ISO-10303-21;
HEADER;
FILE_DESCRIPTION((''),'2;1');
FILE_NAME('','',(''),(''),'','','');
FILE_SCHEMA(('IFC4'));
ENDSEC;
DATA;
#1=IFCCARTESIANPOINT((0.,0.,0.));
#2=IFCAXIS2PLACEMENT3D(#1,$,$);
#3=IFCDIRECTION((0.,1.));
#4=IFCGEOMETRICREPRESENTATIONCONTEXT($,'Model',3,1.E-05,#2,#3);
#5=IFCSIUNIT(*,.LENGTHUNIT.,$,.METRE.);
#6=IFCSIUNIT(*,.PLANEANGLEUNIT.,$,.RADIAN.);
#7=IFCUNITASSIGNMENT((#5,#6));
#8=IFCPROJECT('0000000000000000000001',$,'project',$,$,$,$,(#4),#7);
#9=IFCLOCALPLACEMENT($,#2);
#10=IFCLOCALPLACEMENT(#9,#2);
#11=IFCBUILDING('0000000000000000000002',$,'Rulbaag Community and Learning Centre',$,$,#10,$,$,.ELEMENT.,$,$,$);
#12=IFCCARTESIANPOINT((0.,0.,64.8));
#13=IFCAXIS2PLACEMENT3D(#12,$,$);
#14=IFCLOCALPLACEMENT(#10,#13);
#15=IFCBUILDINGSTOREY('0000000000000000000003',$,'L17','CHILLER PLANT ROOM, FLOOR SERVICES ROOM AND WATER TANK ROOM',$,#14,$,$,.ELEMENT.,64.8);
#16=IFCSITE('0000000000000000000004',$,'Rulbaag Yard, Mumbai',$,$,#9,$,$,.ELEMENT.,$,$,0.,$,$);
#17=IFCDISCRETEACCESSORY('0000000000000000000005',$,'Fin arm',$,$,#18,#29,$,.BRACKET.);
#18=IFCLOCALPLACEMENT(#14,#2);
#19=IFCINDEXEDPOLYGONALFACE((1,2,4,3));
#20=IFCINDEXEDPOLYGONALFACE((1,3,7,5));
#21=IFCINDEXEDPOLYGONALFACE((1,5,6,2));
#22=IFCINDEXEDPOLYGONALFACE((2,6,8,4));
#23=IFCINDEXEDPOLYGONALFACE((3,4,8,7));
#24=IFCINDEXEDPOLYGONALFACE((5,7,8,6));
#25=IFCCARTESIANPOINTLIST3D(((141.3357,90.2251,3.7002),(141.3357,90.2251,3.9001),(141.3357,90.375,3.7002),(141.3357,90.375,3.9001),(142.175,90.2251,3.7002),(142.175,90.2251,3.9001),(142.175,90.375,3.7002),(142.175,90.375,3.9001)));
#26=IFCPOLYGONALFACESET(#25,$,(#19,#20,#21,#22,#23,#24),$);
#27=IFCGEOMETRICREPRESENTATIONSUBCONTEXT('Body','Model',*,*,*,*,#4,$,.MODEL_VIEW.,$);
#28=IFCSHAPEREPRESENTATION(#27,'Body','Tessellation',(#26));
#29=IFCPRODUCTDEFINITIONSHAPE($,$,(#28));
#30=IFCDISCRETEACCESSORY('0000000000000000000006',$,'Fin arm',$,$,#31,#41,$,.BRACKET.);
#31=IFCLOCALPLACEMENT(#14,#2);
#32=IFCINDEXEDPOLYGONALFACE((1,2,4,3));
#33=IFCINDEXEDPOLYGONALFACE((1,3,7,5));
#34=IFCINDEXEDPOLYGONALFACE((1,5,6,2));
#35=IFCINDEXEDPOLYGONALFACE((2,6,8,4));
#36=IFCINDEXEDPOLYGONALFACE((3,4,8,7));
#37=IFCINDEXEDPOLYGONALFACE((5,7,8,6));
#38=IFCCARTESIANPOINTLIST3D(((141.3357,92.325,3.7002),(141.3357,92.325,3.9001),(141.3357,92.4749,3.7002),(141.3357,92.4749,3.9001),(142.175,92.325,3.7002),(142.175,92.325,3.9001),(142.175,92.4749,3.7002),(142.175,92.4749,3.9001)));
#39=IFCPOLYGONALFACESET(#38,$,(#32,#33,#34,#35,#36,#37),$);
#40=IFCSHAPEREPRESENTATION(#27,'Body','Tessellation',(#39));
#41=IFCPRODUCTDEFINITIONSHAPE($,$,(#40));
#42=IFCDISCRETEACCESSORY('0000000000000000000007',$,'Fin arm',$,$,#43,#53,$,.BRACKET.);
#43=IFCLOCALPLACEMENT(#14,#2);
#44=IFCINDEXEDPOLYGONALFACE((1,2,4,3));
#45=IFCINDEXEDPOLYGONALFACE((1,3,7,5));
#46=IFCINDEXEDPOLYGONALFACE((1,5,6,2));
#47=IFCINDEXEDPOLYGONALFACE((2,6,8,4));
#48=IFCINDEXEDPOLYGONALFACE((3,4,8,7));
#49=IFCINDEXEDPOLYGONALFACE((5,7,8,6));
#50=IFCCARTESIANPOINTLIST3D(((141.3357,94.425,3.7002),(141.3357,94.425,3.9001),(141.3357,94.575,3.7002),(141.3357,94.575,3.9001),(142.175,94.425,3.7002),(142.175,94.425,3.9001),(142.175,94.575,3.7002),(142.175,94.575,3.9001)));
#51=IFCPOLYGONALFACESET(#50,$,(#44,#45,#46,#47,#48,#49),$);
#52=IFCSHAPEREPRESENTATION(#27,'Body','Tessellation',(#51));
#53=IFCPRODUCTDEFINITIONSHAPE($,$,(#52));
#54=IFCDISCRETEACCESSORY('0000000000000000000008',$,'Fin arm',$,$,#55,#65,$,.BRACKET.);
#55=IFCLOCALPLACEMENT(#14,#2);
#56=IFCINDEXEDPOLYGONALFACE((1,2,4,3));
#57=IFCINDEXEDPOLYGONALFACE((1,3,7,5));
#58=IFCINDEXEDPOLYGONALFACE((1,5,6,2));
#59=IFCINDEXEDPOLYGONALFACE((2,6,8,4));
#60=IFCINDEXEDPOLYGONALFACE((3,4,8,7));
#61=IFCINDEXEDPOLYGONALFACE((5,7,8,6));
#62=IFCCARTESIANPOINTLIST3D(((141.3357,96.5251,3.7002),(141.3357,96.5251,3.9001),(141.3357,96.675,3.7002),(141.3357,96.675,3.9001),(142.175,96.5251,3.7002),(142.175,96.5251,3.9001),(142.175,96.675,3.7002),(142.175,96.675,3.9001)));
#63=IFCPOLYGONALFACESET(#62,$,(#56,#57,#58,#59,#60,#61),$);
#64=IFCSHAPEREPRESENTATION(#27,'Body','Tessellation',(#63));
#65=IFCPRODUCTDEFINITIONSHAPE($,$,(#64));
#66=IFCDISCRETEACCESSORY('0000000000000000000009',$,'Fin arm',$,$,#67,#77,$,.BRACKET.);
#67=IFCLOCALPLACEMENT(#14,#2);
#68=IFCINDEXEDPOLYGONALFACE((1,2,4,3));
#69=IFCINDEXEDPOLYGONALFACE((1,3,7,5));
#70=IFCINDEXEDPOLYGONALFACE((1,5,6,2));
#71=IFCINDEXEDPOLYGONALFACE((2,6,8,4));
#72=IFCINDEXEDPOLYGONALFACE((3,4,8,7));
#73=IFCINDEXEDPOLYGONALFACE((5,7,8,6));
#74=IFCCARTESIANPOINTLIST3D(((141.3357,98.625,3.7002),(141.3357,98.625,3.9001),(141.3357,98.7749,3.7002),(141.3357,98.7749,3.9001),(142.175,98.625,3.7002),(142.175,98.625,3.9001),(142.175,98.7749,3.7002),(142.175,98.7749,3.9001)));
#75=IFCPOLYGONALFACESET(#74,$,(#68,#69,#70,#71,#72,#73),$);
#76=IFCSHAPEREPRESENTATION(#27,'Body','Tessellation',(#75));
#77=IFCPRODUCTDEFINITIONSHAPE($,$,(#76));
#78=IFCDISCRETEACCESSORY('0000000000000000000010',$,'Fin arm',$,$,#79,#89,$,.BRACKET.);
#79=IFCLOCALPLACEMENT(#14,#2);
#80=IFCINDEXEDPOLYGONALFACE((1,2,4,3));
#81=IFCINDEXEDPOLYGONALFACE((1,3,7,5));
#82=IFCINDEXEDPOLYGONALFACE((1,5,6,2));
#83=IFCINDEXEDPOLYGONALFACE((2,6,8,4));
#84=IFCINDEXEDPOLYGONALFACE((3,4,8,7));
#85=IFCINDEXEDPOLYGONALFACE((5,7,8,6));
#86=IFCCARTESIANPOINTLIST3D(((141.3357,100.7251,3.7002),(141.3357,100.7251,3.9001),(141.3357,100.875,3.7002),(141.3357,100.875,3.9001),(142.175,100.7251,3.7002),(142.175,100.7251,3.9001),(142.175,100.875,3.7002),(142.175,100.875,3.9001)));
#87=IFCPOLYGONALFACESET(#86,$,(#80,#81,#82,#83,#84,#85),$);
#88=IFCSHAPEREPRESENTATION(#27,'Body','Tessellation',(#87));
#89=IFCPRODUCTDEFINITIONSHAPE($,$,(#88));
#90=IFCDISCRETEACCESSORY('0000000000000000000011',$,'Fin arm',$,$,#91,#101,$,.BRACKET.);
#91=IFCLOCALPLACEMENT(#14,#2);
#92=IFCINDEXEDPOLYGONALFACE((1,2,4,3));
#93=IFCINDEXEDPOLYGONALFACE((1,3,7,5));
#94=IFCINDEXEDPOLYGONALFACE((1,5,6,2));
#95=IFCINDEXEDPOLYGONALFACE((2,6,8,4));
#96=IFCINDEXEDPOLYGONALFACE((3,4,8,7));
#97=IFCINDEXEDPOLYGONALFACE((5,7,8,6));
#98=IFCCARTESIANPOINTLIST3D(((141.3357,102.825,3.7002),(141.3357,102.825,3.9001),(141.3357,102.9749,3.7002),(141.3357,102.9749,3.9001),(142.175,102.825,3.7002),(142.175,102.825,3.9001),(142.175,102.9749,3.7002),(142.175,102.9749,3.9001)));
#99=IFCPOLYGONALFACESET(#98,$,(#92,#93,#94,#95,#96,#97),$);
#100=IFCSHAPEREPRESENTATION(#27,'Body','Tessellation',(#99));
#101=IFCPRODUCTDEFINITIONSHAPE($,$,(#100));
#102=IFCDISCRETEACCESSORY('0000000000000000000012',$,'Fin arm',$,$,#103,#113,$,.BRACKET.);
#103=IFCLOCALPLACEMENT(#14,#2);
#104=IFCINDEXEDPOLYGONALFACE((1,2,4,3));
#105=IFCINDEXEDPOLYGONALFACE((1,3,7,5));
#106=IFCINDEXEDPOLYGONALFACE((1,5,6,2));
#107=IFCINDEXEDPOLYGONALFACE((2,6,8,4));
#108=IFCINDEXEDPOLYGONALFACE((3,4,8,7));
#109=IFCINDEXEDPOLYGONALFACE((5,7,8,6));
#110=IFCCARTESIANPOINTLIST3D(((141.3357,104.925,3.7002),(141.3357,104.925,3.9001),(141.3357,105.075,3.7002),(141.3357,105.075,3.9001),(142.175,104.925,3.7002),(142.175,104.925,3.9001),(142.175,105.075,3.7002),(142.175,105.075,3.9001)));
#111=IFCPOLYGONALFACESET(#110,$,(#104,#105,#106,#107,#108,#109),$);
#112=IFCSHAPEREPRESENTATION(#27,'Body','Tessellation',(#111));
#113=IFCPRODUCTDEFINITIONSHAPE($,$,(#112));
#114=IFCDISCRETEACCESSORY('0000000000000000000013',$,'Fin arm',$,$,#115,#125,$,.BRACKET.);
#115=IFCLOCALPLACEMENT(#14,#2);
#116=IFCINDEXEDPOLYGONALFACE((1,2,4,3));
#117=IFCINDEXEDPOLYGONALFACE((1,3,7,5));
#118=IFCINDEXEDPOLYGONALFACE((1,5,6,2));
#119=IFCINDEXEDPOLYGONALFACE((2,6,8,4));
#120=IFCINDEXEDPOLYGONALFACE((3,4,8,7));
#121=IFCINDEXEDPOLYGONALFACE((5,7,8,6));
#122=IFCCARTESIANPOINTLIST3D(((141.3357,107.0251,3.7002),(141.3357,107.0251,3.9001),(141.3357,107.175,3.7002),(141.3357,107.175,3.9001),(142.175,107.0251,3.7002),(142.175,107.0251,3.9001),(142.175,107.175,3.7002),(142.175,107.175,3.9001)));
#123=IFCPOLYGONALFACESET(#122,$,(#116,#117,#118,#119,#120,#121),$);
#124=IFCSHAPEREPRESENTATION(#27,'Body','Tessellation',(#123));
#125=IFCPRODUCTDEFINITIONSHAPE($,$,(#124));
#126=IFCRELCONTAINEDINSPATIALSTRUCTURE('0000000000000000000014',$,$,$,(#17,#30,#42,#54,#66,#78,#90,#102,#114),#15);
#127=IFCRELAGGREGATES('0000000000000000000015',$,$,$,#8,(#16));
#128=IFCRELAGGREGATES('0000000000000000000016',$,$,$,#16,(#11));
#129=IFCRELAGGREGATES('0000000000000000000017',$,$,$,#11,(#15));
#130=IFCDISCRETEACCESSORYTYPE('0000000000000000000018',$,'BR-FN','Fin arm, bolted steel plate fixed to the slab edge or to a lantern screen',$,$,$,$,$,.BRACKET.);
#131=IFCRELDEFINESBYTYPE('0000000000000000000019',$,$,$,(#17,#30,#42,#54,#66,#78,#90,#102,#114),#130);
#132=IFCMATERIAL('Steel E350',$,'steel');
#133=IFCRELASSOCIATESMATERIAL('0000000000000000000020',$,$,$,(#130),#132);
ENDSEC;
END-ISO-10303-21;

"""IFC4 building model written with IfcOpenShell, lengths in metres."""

from ifc_helpers import new_model, si_unit, direction, frame, origin, origin_2d, place, context, subcontext, project, spatial, rectangle, extrude, material, type_object, element, save


model = new_model("IFC4")

# Units and contexts
model_context = context("Model", 3, precision=1e-05, world=origin(), true_north=direction((0.0, 1.0)))
body_context = subcontext(model_context, "Body", "Model", "MODEL_VIEW")
ifc_project = project(units=[si_unit("LENGTHUNIT", "METRE"), si_unit("PLANEANGLEUNIT", "RADIAN")], contexts=[model_context])

# Site, building, storey
site_placement = place(None, origin())
site = spatial("IfcSite", under=ifc_project, at=site_placement, Name="Rulbaag Yard, Mumbai", CompositionType="ELEMENT", RefElevation=0.0)
building_placement = place(site_placement, origin())
building = spatial("IfcBuilding", under=site, at=building_placement, Name="Rulbaag Community and Learning Centre", CompositionType="ELEMENT")
storey_placement = place(building_placement, frame((0.0, 0.0, 64.8)))
storey = spatial("IfcBuildingStorey", under=building, at=storey_placement, Name="L17", Description="CHILLER PLANT ROOM, FLOOR SERVICES ROOM AND WATER TANK ROOM", CompositionType="ELEMENT", Elevation=64.8)

# Discrete accessories
ifc_material_1 = material(Name="Steel E350", Category="steel")
discrete_accessory_type = type_object("IfcDiscreteAccessoryType", Name="BR-FN", Description="Fin arm, bolted steel plate fixed to the slab edge or to a lantern screen", PredefinedType="BRACKET", material=ifc_material_1)
for number, where, z_axis, x_axis, name in (
    (1, (141.7554, 90.3, 3.7002), (0.0, 0.0, 1.0), (1.0, 0.0, 0.0), "Fin arm"),
    (2, (141.7554, 92.3999, 3.7002), (0.0, 0.0, 1.0), (1.0, 0.0, 0.0), "Fin arm"),
    (3, (141.7554, 94.5, 3.7002), (0.0, 0.0, 1.0), (1.0, 0.0, 0.0), "Fin arm"),
    (4, (141.7554, 96.6001, 3.7002), (0.0, 0.0, 1.0), (1.0, 0.0, 0.0), "Fin arm"),
    (5, (141.7554, 98.7, 3.7002), (0.0, 0.0, 1.0), (1.0, 0.0, 0.0), "Fin arm"),
    (6, (141.7554, 100.8, 3.7002), (0.0, 0.0, 1.0), (1.0, 0.0, 0.0), "Fin arm"),
    (7, (141.7554, 102.8999, 3.7002), (0.0, 0.0, 1.0), (1.0, 0.0, 0.0), "Fin arm"),
    (8, (141.7554, 105.0, 3.7002), (0.0, 0.0, 1.0), (1.0, 0.0, 0.0), "Fin arm"),
    (9, (141.7554, 107.1001, 3.7002), (0.0, 0.0, 1.0), (1.0, 0.0, 0.0), "Fin arm"),
):
    element("IfcDiscreteAccessory", number, at=place(storey_placement, frame(where, z_axis=z_axis, x_axis=x_axis)), inside=storey, type_object=discrete_accessory_type, Name=name, PredefinedType="BRACKET", context=body_context, shape_type="SweptSolid", body=[
        extrude(rectangle(XDim=0.8394, YDim=0.1499, at=origin_2d()), origin(), (0.0, 0.0, 1.0), 0.2),
    ])

save(model, "model.ifc")
